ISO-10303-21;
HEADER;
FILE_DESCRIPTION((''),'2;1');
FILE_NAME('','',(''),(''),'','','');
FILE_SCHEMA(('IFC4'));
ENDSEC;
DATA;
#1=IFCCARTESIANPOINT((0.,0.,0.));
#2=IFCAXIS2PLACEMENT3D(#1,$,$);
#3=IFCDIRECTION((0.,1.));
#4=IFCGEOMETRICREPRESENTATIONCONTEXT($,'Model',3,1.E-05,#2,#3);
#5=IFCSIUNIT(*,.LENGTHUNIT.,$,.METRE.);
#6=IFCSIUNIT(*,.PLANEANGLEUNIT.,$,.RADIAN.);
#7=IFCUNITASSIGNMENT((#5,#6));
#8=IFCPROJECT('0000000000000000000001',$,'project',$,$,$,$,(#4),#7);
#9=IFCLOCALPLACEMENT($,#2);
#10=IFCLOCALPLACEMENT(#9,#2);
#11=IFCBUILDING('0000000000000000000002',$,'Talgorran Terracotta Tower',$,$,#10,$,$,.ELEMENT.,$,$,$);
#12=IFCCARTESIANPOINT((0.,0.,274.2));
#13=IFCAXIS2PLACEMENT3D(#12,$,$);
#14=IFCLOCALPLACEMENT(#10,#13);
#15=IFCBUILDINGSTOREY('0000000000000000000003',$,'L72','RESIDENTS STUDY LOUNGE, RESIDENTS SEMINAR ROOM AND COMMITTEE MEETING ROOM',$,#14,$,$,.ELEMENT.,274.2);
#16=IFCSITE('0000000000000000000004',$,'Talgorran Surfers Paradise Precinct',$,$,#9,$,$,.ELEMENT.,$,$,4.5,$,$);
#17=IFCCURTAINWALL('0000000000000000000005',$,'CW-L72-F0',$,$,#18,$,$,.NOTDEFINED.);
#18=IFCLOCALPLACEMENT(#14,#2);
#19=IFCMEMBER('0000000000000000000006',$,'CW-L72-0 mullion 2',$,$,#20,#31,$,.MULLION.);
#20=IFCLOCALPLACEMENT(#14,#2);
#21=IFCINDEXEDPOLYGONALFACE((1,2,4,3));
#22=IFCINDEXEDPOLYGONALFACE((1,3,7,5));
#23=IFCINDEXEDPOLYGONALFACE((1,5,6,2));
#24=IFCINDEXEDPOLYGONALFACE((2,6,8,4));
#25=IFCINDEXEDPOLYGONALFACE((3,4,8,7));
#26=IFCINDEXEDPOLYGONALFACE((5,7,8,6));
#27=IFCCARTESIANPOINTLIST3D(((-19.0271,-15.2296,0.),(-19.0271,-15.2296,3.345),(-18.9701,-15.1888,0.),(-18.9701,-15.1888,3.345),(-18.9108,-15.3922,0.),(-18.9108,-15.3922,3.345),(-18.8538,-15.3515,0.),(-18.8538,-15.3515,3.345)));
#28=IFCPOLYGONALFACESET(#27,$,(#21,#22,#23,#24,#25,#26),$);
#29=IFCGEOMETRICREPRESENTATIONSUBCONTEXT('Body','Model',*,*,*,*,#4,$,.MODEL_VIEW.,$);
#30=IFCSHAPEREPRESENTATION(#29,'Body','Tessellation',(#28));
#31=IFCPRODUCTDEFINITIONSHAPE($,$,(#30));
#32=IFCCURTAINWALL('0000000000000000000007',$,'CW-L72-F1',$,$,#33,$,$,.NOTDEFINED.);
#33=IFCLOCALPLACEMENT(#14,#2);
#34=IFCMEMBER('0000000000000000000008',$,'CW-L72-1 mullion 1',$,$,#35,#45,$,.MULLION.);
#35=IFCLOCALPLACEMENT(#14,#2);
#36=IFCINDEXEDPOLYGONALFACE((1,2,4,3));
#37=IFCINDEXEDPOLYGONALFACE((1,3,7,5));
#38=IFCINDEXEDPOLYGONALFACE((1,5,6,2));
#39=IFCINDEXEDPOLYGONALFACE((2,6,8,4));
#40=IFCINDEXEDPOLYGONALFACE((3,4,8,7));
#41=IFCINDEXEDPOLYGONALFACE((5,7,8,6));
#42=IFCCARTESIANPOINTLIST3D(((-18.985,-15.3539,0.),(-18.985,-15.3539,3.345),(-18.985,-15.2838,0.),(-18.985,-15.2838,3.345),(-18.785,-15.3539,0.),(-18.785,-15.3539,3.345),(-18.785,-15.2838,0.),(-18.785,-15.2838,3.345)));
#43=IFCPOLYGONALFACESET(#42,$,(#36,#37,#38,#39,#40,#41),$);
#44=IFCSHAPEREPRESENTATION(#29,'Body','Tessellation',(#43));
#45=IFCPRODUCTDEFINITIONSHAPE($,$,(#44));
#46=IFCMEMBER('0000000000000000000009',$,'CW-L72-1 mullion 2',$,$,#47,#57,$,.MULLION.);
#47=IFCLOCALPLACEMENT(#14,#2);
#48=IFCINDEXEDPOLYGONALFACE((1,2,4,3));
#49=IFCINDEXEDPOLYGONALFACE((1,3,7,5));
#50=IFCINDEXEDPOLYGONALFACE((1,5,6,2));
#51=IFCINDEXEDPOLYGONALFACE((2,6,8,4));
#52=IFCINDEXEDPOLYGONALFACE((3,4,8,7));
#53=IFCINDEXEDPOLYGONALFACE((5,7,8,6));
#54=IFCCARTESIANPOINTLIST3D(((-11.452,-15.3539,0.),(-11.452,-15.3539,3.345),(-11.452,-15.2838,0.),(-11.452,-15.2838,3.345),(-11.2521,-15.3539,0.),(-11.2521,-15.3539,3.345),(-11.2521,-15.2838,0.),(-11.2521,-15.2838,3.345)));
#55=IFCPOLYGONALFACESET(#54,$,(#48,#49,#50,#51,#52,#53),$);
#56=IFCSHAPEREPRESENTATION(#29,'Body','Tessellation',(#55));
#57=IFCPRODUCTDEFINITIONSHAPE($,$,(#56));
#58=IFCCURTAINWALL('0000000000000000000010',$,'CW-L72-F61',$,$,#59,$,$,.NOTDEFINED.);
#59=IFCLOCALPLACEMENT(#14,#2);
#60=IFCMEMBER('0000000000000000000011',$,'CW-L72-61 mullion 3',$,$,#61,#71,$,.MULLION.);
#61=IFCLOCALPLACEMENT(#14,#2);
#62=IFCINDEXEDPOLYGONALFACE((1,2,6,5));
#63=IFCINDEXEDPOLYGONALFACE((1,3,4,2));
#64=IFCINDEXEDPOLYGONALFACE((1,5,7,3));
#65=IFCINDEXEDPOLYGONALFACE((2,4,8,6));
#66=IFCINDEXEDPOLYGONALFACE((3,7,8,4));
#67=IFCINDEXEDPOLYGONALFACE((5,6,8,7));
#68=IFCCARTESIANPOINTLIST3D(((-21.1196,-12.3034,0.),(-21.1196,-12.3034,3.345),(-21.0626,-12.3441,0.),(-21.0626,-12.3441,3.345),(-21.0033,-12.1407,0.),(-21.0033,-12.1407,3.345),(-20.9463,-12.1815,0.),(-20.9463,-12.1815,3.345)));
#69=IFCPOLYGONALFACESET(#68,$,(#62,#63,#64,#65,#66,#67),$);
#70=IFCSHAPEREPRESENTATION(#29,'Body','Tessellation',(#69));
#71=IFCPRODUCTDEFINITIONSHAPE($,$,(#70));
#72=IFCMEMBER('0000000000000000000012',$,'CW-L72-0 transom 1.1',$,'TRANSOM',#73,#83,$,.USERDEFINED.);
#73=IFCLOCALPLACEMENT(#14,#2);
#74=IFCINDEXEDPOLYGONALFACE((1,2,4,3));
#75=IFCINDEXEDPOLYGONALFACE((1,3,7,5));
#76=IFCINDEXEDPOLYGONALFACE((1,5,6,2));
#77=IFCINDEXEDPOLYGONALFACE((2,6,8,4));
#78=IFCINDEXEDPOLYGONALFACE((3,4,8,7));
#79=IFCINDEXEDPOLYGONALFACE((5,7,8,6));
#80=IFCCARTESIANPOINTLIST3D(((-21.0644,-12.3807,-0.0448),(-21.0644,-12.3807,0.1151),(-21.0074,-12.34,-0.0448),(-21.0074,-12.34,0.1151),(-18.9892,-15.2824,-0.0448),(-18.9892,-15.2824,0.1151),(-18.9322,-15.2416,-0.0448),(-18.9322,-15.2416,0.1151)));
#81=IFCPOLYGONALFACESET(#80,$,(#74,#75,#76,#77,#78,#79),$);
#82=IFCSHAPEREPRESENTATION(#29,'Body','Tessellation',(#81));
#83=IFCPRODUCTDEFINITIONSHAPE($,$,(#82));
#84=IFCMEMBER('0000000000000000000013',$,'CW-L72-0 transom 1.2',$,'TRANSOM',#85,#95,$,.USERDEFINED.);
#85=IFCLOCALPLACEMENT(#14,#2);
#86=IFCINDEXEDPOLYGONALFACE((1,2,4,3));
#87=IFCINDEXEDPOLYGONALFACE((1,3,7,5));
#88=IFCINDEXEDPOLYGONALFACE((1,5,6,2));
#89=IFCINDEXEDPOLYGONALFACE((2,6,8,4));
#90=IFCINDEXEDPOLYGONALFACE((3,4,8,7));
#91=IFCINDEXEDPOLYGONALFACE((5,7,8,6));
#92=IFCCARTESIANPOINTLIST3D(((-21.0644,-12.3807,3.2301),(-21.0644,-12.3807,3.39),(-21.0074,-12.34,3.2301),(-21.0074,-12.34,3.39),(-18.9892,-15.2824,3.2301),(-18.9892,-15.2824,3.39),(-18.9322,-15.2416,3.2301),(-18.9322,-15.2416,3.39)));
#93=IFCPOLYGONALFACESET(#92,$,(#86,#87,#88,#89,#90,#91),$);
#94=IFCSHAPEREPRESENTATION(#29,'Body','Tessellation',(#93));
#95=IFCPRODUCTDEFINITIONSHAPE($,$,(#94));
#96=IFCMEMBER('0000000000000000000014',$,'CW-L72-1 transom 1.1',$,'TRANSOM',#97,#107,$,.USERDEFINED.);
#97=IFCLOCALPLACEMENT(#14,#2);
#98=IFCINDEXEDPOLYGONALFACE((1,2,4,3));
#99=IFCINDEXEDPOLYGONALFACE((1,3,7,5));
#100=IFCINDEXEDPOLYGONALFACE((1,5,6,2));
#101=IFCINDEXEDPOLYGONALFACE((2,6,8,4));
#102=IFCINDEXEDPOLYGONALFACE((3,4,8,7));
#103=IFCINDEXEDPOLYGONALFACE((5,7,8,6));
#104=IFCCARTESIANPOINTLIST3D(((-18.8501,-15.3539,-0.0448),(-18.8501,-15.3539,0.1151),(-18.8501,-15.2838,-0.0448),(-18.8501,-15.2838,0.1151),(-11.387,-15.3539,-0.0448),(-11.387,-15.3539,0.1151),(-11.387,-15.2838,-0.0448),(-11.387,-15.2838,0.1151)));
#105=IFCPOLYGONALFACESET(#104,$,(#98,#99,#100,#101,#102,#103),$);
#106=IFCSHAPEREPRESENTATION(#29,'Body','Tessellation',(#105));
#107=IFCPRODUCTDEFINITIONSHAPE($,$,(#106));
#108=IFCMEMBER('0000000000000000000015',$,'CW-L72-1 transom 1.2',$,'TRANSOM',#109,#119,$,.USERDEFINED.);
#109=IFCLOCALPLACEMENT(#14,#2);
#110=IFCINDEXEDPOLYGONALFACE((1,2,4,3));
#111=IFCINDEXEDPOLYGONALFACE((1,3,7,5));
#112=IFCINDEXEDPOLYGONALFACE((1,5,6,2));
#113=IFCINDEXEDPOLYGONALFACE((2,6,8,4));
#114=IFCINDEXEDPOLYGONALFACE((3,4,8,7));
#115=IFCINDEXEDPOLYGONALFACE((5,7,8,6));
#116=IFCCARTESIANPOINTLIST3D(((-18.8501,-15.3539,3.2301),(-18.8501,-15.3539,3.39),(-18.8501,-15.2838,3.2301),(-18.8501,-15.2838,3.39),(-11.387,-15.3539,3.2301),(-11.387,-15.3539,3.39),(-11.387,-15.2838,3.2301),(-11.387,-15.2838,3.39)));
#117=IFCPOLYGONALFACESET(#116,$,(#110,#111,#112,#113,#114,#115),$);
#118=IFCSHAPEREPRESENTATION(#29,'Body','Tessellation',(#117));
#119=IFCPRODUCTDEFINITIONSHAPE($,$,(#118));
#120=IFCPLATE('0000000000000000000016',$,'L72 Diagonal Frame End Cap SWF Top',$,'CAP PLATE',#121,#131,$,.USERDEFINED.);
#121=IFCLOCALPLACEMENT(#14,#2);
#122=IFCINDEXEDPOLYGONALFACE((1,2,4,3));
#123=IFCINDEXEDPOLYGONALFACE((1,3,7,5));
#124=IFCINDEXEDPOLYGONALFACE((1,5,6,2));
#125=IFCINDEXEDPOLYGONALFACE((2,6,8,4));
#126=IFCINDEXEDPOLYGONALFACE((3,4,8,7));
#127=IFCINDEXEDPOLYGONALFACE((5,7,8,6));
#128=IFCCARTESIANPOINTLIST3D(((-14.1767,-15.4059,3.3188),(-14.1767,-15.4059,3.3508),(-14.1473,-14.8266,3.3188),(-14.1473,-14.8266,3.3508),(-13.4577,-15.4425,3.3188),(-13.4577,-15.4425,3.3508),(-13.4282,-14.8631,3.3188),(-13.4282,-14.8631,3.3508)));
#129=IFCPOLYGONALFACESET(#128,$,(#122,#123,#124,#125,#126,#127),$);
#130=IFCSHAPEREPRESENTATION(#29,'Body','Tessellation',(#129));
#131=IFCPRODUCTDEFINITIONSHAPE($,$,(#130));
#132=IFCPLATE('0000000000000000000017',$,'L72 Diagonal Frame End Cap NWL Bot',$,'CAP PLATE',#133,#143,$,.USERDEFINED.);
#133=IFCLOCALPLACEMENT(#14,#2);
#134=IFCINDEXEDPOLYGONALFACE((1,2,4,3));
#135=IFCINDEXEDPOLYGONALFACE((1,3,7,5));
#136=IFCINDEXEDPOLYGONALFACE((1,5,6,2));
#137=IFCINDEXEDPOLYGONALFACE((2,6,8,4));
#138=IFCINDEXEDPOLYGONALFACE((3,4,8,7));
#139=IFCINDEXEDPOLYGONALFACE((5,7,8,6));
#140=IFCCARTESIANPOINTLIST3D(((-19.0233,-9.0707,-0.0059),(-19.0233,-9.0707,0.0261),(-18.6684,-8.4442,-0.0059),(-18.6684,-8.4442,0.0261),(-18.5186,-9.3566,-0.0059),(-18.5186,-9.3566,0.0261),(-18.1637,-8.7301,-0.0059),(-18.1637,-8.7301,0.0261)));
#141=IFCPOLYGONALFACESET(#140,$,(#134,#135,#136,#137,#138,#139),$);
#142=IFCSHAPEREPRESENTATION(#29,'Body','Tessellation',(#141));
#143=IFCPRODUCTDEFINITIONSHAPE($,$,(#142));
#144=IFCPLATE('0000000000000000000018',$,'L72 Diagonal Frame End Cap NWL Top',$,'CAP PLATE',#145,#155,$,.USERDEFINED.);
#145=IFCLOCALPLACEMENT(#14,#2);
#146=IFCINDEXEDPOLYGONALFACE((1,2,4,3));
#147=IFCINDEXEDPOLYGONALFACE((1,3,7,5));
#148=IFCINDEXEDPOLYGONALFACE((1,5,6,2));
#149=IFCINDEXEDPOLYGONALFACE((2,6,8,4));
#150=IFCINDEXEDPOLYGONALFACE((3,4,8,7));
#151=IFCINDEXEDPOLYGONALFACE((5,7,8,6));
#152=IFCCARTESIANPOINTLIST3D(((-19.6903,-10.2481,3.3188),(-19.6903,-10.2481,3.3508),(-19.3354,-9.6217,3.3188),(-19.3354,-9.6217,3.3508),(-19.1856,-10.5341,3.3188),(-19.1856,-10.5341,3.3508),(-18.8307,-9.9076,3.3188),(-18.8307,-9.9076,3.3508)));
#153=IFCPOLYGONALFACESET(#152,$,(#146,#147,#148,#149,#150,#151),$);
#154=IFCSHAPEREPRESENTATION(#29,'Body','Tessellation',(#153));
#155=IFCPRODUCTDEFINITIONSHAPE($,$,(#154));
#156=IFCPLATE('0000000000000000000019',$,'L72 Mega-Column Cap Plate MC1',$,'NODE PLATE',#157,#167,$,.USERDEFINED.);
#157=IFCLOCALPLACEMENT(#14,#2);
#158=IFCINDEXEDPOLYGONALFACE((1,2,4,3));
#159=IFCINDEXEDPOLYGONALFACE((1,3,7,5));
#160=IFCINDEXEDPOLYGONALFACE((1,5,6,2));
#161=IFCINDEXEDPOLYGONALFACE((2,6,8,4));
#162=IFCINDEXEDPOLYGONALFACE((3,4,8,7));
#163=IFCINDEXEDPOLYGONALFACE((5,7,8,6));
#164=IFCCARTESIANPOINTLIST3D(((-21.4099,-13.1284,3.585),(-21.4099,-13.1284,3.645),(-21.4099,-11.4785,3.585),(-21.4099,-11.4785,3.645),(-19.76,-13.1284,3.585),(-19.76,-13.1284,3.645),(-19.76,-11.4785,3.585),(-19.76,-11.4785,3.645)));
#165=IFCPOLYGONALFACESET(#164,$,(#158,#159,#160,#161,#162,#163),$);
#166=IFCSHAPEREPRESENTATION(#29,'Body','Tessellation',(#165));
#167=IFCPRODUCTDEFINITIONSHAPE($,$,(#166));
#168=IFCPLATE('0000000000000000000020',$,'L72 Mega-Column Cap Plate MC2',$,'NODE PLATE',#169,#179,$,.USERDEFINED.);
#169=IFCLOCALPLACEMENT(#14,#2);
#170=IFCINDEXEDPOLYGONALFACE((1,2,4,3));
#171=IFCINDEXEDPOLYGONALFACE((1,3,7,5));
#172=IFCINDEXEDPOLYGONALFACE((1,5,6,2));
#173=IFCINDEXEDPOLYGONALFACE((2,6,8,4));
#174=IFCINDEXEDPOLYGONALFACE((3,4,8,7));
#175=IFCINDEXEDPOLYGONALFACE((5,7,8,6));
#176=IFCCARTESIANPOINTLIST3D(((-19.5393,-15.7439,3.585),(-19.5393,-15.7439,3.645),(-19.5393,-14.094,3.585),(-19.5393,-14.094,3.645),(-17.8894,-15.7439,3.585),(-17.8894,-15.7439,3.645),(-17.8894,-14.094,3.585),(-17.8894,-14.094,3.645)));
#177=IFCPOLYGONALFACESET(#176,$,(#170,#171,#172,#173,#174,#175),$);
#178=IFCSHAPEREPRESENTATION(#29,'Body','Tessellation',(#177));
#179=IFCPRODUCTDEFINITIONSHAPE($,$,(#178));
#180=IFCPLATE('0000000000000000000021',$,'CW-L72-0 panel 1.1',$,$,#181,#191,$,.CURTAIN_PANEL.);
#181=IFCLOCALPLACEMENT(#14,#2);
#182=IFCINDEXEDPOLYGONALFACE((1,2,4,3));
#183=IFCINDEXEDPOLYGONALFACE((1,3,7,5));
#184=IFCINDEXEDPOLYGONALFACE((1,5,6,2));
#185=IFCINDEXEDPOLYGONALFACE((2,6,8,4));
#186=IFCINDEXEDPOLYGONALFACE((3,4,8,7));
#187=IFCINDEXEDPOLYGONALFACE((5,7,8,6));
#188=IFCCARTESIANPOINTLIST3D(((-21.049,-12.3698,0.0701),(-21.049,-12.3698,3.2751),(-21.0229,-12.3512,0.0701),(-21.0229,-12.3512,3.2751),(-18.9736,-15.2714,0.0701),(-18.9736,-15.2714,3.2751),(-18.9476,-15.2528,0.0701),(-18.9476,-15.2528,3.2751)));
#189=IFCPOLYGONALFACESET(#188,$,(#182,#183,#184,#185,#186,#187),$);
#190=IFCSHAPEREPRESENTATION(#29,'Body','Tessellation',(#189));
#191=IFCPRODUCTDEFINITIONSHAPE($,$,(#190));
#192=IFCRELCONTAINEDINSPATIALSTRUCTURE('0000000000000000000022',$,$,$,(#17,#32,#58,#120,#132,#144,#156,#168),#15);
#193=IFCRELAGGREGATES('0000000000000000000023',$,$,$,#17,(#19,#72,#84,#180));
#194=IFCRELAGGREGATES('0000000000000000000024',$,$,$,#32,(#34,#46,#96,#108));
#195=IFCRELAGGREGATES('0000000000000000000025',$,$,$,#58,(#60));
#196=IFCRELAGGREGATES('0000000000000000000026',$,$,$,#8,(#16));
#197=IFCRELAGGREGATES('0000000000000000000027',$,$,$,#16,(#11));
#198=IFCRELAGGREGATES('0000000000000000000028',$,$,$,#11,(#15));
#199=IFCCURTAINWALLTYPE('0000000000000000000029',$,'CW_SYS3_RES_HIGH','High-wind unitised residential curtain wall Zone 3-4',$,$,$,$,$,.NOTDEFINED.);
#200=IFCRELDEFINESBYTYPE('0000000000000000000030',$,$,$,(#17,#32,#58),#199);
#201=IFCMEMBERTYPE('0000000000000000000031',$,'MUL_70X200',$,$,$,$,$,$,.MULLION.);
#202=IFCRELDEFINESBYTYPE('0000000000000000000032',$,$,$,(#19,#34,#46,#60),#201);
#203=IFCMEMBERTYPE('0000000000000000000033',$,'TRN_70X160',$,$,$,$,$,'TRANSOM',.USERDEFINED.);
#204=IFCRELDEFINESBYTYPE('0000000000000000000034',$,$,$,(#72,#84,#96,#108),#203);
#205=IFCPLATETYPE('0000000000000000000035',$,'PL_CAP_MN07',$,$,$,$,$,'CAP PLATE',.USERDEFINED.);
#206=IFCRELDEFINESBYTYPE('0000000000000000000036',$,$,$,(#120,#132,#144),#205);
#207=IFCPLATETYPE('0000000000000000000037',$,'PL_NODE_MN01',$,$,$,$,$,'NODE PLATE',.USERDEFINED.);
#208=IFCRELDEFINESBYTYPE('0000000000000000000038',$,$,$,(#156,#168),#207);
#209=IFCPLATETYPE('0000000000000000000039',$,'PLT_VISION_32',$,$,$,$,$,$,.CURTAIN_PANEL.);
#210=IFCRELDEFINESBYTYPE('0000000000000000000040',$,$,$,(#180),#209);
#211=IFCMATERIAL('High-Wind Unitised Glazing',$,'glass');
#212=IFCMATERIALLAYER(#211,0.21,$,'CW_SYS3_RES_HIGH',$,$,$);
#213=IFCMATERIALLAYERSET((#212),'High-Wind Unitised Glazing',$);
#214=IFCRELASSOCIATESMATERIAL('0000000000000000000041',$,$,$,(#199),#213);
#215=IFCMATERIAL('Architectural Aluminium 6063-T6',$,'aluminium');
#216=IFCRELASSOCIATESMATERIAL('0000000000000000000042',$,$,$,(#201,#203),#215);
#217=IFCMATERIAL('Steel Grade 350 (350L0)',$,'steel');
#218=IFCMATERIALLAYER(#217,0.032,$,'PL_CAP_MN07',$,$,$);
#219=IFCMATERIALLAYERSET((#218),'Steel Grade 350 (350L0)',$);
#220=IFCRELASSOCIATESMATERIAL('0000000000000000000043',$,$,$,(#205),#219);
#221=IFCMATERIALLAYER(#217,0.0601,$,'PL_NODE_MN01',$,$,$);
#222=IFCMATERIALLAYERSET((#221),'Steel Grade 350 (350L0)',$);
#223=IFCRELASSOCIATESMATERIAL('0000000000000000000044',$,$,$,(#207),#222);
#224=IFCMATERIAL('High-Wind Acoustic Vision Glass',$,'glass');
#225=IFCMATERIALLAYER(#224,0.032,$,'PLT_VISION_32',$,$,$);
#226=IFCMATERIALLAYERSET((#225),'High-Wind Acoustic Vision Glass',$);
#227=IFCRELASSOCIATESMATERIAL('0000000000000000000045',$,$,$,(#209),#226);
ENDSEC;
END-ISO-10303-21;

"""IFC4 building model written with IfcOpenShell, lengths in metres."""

from ifc_helpers import new_model, si_unit, direction, frame, origin, origin_2d, place, context, subcontext, project, spatial, rectangle, extrude, source, transform, mapped, material, layer, layer_set, material_profile, profile_set, type_object, type_shapes, element, aggregate, save


model = new_model("IFC4")

# Units and contexts
model_context = context("Model", 3, precision=1e-05, world=origin(), true_north=direction((0.0, 1.0)))
body_context = subcontext(model_context, "Body", "Model", "MODEL_VIEW")
ifc_project = project(units=[si_unit("LENGTHUNIT", "METRE"), si_unit("PLANEANGLEUNIT", "RADIAN")], contexts=[model_context])

# Site, building, storey
site_placement = place(None, origin())
site = spatial("IfcSite", under=ifc_project, at=site_placement, Name="Talgorran Surfers Paradise Precinct", CompositionType="ELEMENT", RefElevation=4.5)
building_placement = place(site_placement, origin())
building = spatial("IfcBuilding", under=site, at=building_placement, Name="Talgorran Terracotta Tower", CompositionType="ELEMENT")
storey_placement = place(building_placement, frame((0.0, 0.0, 274.2)))
storey = spatial("IfcBuildingStorey", under=building, at=storey_placement, Name="L72", Description="RESIDENTS STUDY LOUNGE, RESIDENTS SEMINAR ROOM AND COMMITTEE MEETING ROOM", CompositionType="ELEMENT", Elevation=274.2)

# Shared definitions
ifc_material_1 = material(Name="Steel Grade 350 (350L0)", Category="steel")

# Curtain walls, members
ifc_material_2 = material(Name="High-Wind Unitised Glazing", Category="glass")
ifc_layer_1 = layer(ifc_material_2, 0.21, Name="CW_SYS3_RES_HIGH")
ifc_layer_set_1 = layer_set([ifc_layer_1], Name="High-Wind Unitised Glazing")
curtain_wall_type = type_object("IfcCurtainWallType", Name="CW_SYS3_RES_HIGH", Description="High-wind unitised residential curtain wall Zone 3-4", PredefinedType="NOTDEFINED", material=ifc_layer_set_1)
curtain_wall_1_placement = place(storey_placement, origin())
curtain_wall_1 = element("IfcCurtainWall", 1, at=curtain_wall_1_placement, inside=storey, type_object=curtain_wall_type, Name="CW-L72-F0", PredefinedType="NOTDEFINED")
ifc_material_3 = material(Name="Architectural Aluminium 6063-T6", Category="aluminium")
ifc_material_profile_1 = material_profile(ifc_material_3, rectangle(XDim=0.0701, YDim=0.2, at=origin_2d()), Name="CWM70X200")
ifc_profile_set_1 = profile_set([ifc_material_profile_1], Name="Architectural Aluminium 6063-T6")
member_type_1 = type_object("IfcMemberType", Name="MUL_70X200", PredefinedType="MULLION", material=ifc_profile_set_1)
member_1_placement = place(storey_placement, frame((-18.9404, -15.2905, 0.0), z_axis=(0.0, 0.0, 1.0), x_axis=(0.813371, 0.581746, 0.0)))
member_1 = element("IfcMember", 2, at=member_1_placement, type_object=member_type_1, Name="CW-L72-0 mullion 2", PredefinedType="MULLION", context=body_context, shape_type="SweptSolid", body=[
    extrude(rectangle(XDim=0.0701, YDim=0.2, at=origin_2d()), origin(), (0.0, 0.0, 1.0), 3.345),
])
curtain_wall_2_placement = place(storey_placement, origin())
curtain_wall_2 = element("IfcCurtainWall", 3, at=curtain_wall_2_placement, inside=storey, type_object=curtain_wall_type, Name="CW-L72-F1", PredefinedType="NOTDEFINED")
member_2_placement = place(storey_placement, frame((-18.885, -15.3188, 0.0), z_axis=(0.0, 0.0, 1.0), x_axis=(0.0, 1.0, 0.0)))
member_2 = element("IfcMember", 4, at=member_2_placement, type_object=member_type_1, Name="CW-L72-1 mullion 1", PredefinedType="MULLION", context=body_context, shape_type="SweptSolid", body=[
    extrude(rectangle(XDim=0.0701, YDim=0.2, at=origin_2d()), origin(), (0.0, 0.0, 1.0), 3.345),
])
member_3_placement = place(storey_placement, frame((-11.3521, -15.3188, 0.0), z_axis=(0.0, 0.0, 1.0), x_axis=(0.0, 1.0, 0.0)))
member_3 = element("IfcMember", 5, at=member_3_placement, type_object=member_type_1, Name="CW-L72-1 mullion 2", PredefinedType="MULLION", context=body_context, shape_type="SweptSolid", body=[
    extrude(rectangle(XDim=0.0701, YDim=0.2, at=origin_2d()), origin(), (0.0, 0.0, 1.0), 3.345),
])

# Curtain wall, member
curtain_wall_3_placement = place(storey_placement, origin())
curtain_wall_3 = element("IfcCurtainWall", 6, at=curtain_wall_3_placement, inside=storey, type_object=curtain_wall_type, Name="CW-L72-F61", PredefinedType="NOTDEFINED")
member_4_placement = place(storey_placement, frame((-21.033, -12.2424, 0.0), z_axis=(0.0, 0.0, 1.0), x_axis=(0.813381, -0.581731, 0.0)))
member_4 = element("IfcMember", 7, at=member_4_placement, type_object=member_type_1, Name="CW-L72-61 mullion 3", PredefinedType="MULLION", context=body_context, shape_type="SweptSolid", body=[
    extrude(rectangle(XDim=0.0701, YDim=0.2, at=origin_2d()), origin(), (0.0, 0.0, 1.0), 3.345),
])

# Members
ifc_material_profile_2 = material_profile(ifc_material_3, rectangle(XDim=0.0701, YDim=0.1599, at=origin_2d()), Name="CWT70X160")
ifc_profile_set_2 = profile_set([ifc_material_profile_2], Name="Architectural Aluminium 6063-T6")
member_type_2 = type_object("IfcMemberType", Name="TRN_70X160", ElementType="TRANSOM", PredefinedType="USERDEFINED", material=ifc_profile_set_2)
member_5_placement = place(storey_placement, frame((-21.0359, -12.3604, 0.0352), z_axis=(0.581724, -0.813387, 0.0), x_axis=(0.813387, 0.581724, 0.0)))
member_5 = element("IfcMember", 8, at=member_5_placement, type_object=member_type_2, Name="CW-L72-0 transom 1.1", ObjectType="TRANSOM", PredefinedType="USERDEFINED", context=body_context, shape_type="SweptSolid", body=[
    extrude(rectangle(XDim=0.0701, YDim=0.1599, at=origin_2d()), origin(), (0.0, 0.0, 1.0), 3.5674),
])
member_6_placement = place(storey_placement, frame((-21.0359, -12.3604, 3.3101), z_axis=(0.581724, -0.813387, 0.0), x_axis=(0.813387, 0.581724, 0.0)))
member_6 = element("IfcMember", 9, at=member_6_placement, type_object=member_type_2, Name="CW-L72-0 transom 1.2", ObjectType="TRANSOM", PredefinedType="USERDEFINED", context=body_context, shape_type="SweptSolid", body=[
    extrude(rectangle(XDim=0.0701, YDim=0.1599, at=origin_2d()), origin(), (0.0, 0.0, 1.0), 3.5674),
])
member_7_placement = place(storey_placement, frame((-18.8501, -15.3188, 0.0352), z_axis=(1.0, 0.0, 0.0), x_axis=(0.0, 1.0, 0.0)))
member_7 = element("IfcMember", 10, at=member_7_placement, type_object=member_type_2, Name="CW-L72-1 transom 1.1", ObjectType="TRANSOM", PredefinedType="USERDEFINED", context=body_context, shape_type="SweptSolid", body=[
    extrude(rectangle(XDim=0.0701, YDim=0.1599, at=origin_2d()), origin(), (0.0, 0.0, 1.0), 7.4631),
])
member_8_placement = place(storey_placement, frame((-18.8501, -15.3188, 3.3101), z_axis=(1.0, 0.0, 0.0), x_axis=(0.0, 1.0, 0.0)))
member_8 = element("IfcMember", 11, at=member_8_placement, type_object=member_type_2, Name="CW-L72-1 transom 1.2", ObjectType="TRANSOM", PredefinedType="USERDEFINED", context=body_context, shape_type="SweptSolid", body=[
    extrude(rectangle(XDim=0.0701, YDim=0.1599, at=origin_2d()), origin(), (0.0, 0.0, 1.0), 7.4631),
])

# Plates
ifc_layer_2 = layer(ifc_material_1, 0.032, Name="PL_CAP_MN07")
ifc_layer_set_2 = layer_set([ifc_layer_2], Name="Steel Grade 350 (350L0)")
plate_type_1 = type_object("IfcPlateType", Name="PL_CAP_MN07", ElementType="CAP PLATE", PredefinedType="USERDEFINED", material=ifc_layer_set_2)
for number, where, z_axis, x_axis, name in (
    (12, (-13.8025, -15.1345, 3.3188), (0.0, 0.0, 1.0), (-0.998711, 0.050767, 0.0), "L72 Diagonal Frame End Cap SWF Top"),
    (13, (-18.5935, -8.9004, -0.0059), (0.0, 0.0, 1.0), (-0.492879, -0.870098, 0.0), "L72 Diagonal Frame End Cap NWL Bot"),
    (14, (-19.2605, -10.0779, 3.3188), (0.0, 0.0, 1.0), (-0.492879, -0.870098, 0.0), "L72 Diagonal Frame End Cap NWL Top"),
):
    element("IfcPlate", number, at=place(storey_placement, frame(where, z_axis=z_axis, x_axis=x_axis)), inside=storey, type_object=plate_type_1, Name=name, ObjectType="CAP PLATE", PredefinedType="USERDEFINED", context=body_context, shape_type="SweptSolid", body=[
        extrude(rectangle(XDim=0.72, YDim=0.5801, at=origin_2d()), origin(), (0.0, 0.0, 1.0), 0.032),
    ])
ifc_layer_3 = layer(ifc_material_1, 0.0601, Name="PL_NODE_MN01")
ifc_layer_set_3 = layer_set([ifc_layer_3], Name="Steel Grade 350 (350L0)")
plate_type_2 = type_object("IfcPlateType", Name="PL_NODE_MN01", ElementType="NODE PLATE", PredefinedType="USERDEFINED", material=ifc_layer_set_3)
for number, where, z_axis, x_axis, name in (
    (15, (-20.585, -12.3035, 3.585), (0.0, 0.0, 1.0), (1.0, 0.0, 0.0), "L72 Mega-Column Cap Plate MC1"),
    (16, (-18.7144, -14.9189, 3.585), (0.0, 0.0, 1.0), (1.0, 0.0, 0.0), "L72 Mega-Column Cap Plate MC2"),
):
    element("IfcPlate", number, at=place(storey_placement, frame(where, z_axis=z_axis, x_axis=x_axis)), inside=storey, type_object=plate_type_2, Name=name, ObjectType="NODE PLATE", PredefinedType="USERDEFINED", context=body_context, shape_type="SweptSolid", body=[
        extrude(rectangle(XDim=1.6499, YDim=1.6499, at=origin_2d()), origin(), (0.0, 0.0, 1.0), 0.0601),
    ])

# Plate
ifc_material_4 = material(Name="High-Wind Acoustic Vision Glass", Category="glass")
ifc_layer_4 = layer(ifc_material_4, 0.032, Name="PLT_VISION_32")
ifc_layer_set_4 = layer_set([ifc_layer_4], Name="High-Wind Acoustic Vision Glass")
plate_type_3 = type_object("IfcPlateType", Name="PLT_VISION_32", PredefinedType="CURTAIN_PANEL", material=ifc_layer_set_4)
shared_shape_1 = source(origin(), body_context, "Body", "SweptSolid", [
    extrude(rectangle(XDim=3.5674, YDim=0.032, at=origin_2d()), origin(), (0.0, 0.0, 1.0), 3.2051),
])
type_shapes(plate_type_3, [shared_shape_1])
plate_1_placement = place(storey_placement, frame((-19.9983, -13.8113, 0.0701), z_axis=(0.0, 0.0, 1.0), x_axis=(0.581746, -0.813371, 0.0)))
plate_1 = element("IfcPlate", 17, at=plate_1_placement, type_object=plate_type_3, Name="CW-L72-0 panel 1.1", PredefinedType="CURTAIN_PANEL", context=body_context, shape_type="MappedRepresentation", body=[
    mapped(shared_shape_1, transform((0.0, 0.0, 0.0), scale=1.0)),
])
aggregate(curtain_wall_1, [member_1, member_5, member_6, plate_1])
aggregate(curtain_wall_2, [member_2, member_3, member_7, member_8])
aggregate(curtain_wall_3, [member_4])

save(model, "model.ifc")
